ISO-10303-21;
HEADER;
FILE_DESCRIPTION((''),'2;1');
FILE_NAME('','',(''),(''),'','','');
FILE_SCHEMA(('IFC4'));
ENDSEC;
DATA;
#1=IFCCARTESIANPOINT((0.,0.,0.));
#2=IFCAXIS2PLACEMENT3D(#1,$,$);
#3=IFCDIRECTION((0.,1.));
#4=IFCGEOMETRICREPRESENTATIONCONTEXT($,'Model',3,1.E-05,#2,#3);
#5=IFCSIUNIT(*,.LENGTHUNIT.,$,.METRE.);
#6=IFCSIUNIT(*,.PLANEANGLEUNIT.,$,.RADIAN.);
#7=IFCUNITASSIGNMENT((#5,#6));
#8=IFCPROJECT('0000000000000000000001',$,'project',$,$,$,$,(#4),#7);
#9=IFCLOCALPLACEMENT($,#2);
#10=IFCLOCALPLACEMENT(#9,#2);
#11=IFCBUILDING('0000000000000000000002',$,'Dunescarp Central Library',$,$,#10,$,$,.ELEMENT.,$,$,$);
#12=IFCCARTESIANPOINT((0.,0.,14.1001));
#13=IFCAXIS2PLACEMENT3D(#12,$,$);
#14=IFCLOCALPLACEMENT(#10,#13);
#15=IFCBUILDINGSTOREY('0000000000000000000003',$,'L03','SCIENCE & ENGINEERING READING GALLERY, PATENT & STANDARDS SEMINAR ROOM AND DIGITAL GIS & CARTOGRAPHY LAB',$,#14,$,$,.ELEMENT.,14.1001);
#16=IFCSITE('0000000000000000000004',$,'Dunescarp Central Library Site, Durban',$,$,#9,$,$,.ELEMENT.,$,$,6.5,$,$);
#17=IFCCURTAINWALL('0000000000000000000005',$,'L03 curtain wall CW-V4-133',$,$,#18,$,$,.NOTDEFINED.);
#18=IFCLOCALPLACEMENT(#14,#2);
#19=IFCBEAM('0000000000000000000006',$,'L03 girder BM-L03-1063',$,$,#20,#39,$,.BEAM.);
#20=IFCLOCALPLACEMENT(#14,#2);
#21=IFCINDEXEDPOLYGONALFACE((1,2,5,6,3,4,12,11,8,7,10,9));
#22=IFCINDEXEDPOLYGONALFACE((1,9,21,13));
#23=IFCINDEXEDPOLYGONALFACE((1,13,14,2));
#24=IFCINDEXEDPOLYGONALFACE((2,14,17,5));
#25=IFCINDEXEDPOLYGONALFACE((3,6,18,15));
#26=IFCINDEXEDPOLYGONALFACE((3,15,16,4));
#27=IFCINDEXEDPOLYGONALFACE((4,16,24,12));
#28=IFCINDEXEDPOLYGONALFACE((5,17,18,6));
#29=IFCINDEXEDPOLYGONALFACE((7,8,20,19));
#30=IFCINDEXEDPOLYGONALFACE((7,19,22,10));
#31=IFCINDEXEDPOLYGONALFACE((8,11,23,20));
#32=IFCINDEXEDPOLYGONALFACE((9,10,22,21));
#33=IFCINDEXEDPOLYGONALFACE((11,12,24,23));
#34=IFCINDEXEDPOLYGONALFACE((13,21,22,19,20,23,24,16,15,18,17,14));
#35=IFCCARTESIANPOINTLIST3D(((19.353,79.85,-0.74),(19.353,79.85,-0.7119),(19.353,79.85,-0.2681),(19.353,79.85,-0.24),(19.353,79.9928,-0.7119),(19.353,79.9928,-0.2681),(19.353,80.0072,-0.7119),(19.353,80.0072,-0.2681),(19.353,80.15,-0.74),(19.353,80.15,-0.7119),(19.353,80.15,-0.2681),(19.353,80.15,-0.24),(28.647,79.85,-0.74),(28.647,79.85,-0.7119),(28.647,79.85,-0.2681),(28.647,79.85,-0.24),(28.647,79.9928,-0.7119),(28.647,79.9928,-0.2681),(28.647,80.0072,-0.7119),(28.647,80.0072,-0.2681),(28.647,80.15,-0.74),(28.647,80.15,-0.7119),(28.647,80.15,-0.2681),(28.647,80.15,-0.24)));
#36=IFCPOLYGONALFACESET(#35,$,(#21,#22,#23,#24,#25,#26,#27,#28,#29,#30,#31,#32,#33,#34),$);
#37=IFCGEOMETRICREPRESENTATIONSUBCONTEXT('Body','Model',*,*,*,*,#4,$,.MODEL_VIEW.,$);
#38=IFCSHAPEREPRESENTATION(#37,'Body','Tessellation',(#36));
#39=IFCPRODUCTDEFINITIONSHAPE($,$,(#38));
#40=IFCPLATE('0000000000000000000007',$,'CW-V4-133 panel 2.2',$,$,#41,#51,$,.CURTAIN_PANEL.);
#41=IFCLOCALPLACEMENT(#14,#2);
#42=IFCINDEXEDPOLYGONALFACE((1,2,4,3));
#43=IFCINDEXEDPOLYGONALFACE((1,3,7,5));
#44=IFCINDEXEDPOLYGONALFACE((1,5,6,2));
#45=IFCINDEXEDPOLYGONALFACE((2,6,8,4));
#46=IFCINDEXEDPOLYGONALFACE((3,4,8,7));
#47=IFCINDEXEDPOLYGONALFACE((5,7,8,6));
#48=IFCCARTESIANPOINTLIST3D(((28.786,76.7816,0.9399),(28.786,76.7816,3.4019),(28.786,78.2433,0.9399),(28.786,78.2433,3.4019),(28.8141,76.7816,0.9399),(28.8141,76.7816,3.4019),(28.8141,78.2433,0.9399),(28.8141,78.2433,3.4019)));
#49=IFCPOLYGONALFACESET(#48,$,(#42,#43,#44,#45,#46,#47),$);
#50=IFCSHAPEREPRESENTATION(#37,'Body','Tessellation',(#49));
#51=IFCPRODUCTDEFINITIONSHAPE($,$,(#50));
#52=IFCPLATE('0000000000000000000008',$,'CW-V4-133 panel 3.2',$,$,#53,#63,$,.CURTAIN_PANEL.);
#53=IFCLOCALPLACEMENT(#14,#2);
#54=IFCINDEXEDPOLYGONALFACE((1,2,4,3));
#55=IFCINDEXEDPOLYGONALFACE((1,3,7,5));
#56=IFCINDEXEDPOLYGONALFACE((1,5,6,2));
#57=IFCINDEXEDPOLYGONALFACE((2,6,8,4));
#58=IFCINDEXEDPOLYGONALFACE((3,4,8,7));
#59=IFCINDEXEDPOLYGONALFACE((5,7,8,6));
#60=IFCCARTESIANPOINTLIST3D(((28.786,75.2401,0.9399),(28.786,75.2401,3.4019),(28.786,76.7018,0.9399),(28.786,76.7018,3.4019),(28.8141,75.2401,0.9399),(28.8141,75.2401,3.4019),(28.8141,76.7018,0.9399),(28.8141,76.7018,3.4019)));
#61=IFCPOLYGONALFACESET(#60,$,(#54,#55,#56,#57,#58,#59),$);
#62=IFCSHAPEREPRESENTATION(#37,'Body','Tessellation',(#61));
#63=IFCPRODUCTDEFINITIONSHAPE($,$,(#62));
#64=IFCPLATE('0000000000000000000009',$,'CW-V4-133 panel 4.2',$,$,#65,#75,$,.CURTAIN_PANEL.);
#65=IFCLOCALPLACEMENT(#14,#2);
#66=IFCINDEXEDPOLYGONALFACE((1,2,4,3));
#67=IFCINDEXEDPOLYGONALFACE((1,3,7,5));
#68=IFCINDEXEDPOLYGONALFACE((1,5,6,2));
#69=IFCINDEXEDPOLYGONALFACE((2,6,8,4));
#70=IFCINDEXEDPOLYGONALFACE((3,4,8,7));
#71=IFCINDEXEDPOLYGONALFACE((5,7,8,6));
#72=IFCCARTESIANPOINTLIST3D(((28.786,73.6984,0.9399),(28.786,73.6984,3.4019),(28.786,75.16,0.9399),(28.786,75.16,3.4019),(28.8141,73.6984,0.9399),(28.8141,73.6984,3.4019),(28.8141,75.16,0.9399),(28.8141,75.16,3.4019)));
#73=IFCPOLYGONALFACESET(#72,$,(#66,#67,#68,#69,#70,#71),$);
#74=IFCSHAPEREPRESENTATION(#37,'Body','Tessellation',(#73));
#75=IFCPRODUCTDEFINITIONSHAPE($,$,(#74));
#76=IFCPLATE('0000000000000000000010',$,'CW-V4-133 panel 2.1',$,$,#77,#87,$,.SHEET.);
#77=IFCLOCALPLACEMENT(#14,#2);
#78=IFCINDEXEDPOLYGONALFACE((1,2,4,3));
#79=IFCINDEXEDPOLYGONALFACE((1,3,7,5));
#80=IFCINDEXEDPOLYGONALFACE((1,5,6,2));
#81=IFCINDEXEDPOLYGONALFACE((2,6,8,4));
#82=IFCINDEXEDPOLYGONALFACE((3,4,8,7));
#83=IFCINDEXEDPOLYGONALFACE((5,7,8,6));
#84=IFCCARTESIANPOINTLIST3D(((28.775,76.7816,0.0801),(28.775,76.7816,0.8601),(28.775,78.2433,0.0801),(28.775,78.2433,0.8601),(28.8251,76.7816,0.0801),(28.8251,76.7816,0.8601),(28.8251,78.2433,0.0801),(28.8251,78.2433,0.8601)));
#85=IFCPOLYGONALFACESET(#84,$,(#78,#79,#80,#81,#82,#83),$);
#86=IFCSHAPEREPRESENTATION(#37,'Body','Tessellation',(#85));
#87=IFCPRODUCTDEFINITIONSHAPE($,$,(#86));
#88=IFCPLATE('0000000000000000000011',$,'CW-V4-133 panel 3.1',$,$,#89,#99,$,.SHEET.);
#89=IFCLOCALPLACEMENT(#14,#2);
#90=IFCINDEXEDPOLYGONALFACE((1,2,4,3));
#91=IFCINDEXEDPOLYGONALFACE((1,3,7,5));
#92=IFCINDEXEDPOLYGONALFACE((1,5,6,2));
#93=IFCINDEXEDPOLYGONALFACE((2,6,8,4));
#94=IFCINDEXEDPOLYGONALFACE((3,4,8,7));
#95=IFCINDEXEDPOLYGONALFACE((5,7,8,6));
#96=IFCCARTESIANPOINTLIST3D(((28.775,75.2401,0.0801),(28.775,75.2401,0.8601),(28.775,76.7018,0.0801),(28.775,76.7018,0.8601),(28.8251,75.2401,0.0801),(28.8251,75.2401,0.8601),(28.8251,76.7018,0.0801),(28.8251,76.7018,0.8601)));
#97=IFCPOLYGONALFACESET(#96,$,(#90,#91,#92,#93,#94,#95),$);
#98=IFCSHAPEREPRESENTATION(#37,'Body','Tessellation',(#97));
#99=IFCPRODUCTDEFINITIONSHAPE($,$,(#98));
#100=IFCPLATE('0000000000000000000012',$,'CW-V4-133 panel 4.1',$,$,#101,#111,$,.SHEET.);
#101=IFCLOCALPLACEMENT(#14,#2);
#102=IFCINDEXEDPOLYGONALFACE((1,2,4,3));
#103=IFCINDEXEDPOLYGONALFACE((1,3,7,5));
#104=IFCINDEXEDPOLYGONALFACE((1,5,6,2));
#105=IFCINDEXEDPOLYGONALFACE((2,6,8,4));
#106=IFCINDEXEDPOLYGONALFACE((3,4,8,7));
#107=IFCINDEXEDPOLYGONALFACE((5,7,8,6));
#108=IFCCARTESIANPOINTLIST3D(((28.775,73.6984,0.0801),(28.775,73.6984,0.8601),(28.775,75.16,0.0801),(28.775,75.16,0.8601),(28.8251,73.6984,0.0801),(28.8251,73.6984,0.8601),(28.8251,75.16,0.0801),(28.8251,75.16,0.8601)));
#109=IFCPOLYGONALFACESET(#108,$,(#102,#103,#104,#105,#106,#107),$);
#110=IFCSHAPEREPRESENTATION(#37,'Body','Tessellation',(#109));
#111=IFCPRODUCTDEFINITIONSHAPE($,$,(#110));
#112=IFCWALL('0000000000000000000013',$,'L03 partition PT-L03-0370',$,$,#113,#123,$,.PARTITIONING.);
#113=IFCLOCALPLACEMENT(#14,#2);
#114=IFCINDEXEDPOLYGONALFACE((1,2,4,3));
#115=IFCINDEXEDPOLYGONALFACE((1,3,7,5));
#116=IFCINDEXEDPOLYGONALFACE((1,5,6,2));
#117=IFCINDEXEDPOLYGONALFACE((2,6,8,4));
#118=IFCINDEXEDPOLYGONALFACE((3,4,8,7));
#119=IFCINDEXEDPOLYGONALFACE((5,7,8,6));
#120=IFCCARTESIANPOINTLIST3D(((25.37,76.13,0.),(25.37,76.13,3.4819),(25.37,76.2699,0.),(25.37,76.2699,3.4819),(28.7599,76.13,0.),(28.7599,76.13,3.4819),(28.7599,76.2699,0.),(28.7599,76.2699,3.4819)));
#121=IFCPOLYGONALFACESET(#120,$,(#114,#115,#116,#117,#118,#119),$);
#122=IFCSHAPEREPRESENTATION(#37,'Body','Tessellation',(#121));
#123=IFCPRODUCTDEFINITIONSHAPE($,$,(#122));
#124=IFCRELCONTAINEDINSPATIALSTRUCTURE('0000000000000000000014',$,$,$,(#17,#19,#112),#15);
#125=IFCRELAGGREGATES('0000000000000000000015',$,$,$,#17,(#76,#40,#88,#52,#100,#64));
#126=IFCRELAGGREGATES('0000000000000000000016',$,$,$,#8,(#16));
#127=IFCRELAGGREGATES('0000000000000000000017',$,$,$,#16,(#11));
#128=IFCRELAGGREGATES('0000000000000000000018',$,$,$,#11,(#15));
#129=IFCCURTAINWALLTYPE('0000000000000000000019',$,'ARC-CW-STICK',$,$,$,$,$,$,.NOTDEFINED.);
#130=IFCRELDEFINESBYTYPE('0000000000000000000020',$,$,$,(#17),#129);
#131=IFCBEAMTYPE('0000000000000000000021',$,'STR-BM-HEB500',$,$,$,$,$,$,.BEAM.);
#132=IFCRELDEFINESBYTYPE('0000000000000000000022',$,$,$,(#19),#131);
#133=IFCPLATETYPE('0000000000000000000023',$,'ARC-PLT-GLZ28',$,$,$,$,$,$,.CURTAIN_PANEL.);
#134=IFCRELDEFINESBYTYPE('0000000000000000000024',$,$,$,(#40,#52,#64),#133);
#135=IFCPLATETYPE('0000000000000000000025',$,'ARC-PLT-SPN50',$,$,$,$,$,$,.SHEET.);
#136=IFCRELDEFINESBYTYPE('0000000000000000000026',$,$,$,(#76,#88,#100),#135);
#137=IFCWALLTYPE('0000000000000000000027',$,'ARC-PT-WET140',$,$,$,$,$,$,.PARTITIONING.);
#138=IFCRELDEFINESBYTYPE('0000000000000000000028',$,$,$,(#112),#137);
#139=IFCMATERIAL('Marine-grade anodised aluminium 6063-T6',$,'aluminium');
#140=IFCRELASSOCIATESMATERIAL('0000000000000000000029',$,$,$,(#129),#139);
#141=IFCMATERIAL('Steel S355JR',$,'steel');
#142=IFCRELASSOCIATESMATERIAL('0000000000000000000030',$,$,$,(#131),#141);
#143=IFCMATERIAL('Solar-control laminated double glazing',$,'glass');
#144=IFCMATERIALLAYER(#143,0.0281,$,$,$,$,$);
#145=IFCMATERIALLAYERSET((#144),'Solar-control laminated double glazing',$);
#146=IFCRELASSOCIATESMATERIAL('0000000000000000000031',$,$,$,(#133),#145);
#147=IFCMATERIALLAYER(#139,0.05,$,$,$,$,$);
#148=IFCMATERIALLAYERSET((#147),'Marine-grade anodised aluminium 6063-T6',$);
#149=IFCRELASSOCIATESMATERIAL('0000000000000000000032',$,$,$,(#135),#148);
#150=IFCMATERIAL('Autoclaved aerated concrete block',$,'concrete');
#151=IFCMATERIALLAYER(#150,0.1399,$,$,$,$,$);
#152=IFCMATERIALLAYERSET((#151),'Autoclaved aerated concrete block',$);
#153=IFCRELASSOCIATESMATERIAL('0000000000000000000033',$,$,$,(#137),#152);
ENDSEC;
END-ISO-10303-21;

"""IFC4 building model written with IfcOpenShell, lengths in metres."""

from ifc_helpers import new_model, si_unit, direction, frame, frame_2d, origin, origin_2d, place, context, subcontext, project, spatial, rectangle, i_section, extrude, material, layer, layer_set, material_profile, profile_set, type_object, element, aggregate, save


model = new_model("IFC4")

# Units and contexts
model_context = context("Model", 3, precision=1e-05, world=origin(), true_north=direction((0.0, 1.0)))
body_context = subcontext(model_context, "Body", "Model", "MODEL_VIEW")
ifc_project = project(units=[si_unit("LENGTHUNIT", "METRE"), si_unit("PLANEANGLEUNIT", "RADIAN")], contexts=[model_context])

# Site, building, storey
site_placement = place(None, origin())
site = spatial("IfcSite", under=ifc_project, at=site_placement, Name="Dunescarp Central Library Site, Durban", CompositionType="ELEMENT", RefElevation=6.5)
building_placement = place(site_placement, origin())
building = spatial("IfcBuilding", under=site, at=building_placement, Name="Dunescarp Central Library", CompositionType="ELEMENT")
storey_placement = place(building_placement, frame((0.0, 0.0, 14.1001)))
storey = spatial("IfcBuildingStorey", under=building, at=storey_placement, Name="L03", Description="SCIENCE & ENGINEERING READING GALLERY, PATENT & STANDARDS SEMINAR ROOM AND DIGITAL GIS & CARTOGRAPHY LAB", CompositionType="ELEMENT", Elevation=14.1001)

# Shared definitions
ifc_material_1 = material(Name="Steel S355JR", Category="steel")

# Curtain wall
ifc_material_2 = material(Name="Marine-grade anodised aluminium 6063-T6", Category="aluminium")
curtain_wall_type = type_object("IfcCurtainWallType", Name="ARC-CW-STICK", PredefinedType="NOTDEFINED", material=ifc_material_2)
curtain_wall_placement = place(storey_placement, origin())
curtain_wall = element("IfcCurtainWall", 1, at=curtain_wall_placement, inside=storey, type_object=curtain_wall_type, Name="L03 curtain wall CW-V4-133", PredefinedType="NOTDEFINED")

# Beam
ifc_material_profile_1 = material_profile(ifc_material_1, i_section(OverallWidth=0.3, OverallDepth=0.5, WebThickness=0.0144, FlangeThickness=0.0281, at=origin_2d()), Name="HEB 500")
ifc_profile_set_1 = profile_set([ifc_material_profile_1], Name="Steel S355JR")
beam_type = type_object("IfcBeamType", Name="STR-BM-HEB500", PredefinedType="BEAM", material=ifc_profile_set_1)
beam_placement = place(storey_placement, frame((19.353, 80.0, -0.49), z_axis=(1.0, 0.0, 0.0), x_axis=(0.0, 1.0, 0.0)))
element("IfcBeam", 2, at=beam_placement, inside=storey, type_object=beam_type, Name="L03 girder BM-L03-1063", PredefinedType="BEAM", context=body_context, shape_type="SweptSolid", body=[
    extrude(i_section(OverallWidth=0.3, OverallDepth=0.5, WebThickness=0.0144, FlangeThickness=0.0281, at=origin_2d()), origin(), (0.0, 0.0, 1.0), 9.2939),
])

# Plates
ifc_material_3 = material(Name="Solar-control laminated double glazing", Category="glass")
ifc_layer_1 = layer(ifc_material_3, 0.0281)
ifc_layer_set_1 = layer_set([ifc_layer_1], Name="Solar-control laminated double glazing")
plate_type_1 = type_object("IfcPlateType", Name="ARC-PLT-GLZ28", PredefinedType="CURTAIN_PANEL", material=ifc_layer_set_1)
plate_1_placement = place(storey_placement, frame((28.8, 77.5125, 0.9399), z_axis=(0.0, 0.0, 1.0), x_axis=(0.0, -1.0, 0.0)))
plate_1 = element("IfcPlate", 3, at=plate_1_placement, type_object=plate_type_1, Name="CW-V4-133 panel 2.2", PredefinedType="CURTAIN_PANEL", context=body_context, shape_type="SweptSolid", body=[
    extrude(rectangle(XDim=1.4617, YDim=0.0281, at=origin_2d()), origin(), (0.0, 0.0, 1.0), 2.4619),
])
plate_2_placement = place(storey_placement, frame((28.8, 75.9709, 0.9399), z_axis=(0.0, 0.0, 1.0), x_axis=(0.0, -1.0, 0.0)))
plate_2 = element("IfcPlate", 4, at=plate_2_placement, type_object=plate_type_1, Name="CW-V4-133 panel 3.2", PredefinedType="CURTAIN_PANEL", context=body_context, shape_type="SweptSolid", body=[
    extrude(rectangle(XDim=1.4617, YDim=0.0281, at=origin_2d()), origin(), (0.0, 0.0, 1.0), 2.4619),
])
plate_3_placement = place(storey_placement, frame((28.8, 74.4292, 0.9399), z_axis=(0.0, 0.0, 1.0), x_axis=(0.0, -1.0, 0.0)))
plate_3 = element("IfcPlate", 5, at=plate_3_placement, type_object=plate_type_1, Name="CW-V4-133 panel 4.2", PredefinedType="CURTAIN_PANEL", context=body_context, shape_type="SweptSolid", body=[
    extrude(rectangle(XDim=1.4617, YDim=0.0281, at=origin_2d()), origin(), (0.0, 0.0, 1.0), 2.4619),
])
ifc_layer_2 = layer(ifc_material_2, 0.05)
ifc_layer_set_2 = layer_set([ifc_layer_2], Name="Marine-grade anodised aluminium 6063-T6")
plate_type_2 = type_object("IfcPlateType", Name="ARC-PLT-SPN50", PredefinedType="SHEET", material=ifc_layer_set_2)
plate_4_placement = place(storey_placement, frame((28.8, 77.5125, 0.0801), z_axis=(0.0, 0.0, 1.0), x_axis=(0.0, -1.0, 0.0)))
plate_4 = element("IfcPlate", 6, at=plate_4_placement, type_object=plate_type_2, Name="CW-V4-133 panel 2.1", PredefinedType="SHEET", context=body_context, shape_type="SweptSolid", body=[
    extrude(rectangle(XDim=1.4617, YDim=0.05, at=origin_2d()), origin(), (0.0, 0.0, 1.0), 0.78),
])
plate_5_placement = place(storey_placement, frame((28.8, 75.9709, 0.0801), z_axis=(0.0, 0.0, 1.0), x_axis=(0.0, -1.0, 0.0)))
plate_5 = element("IfcPlate", 7, at=plate_5_placement, type_object=plate_type_2, Name="CW-V4-133 panel 3.1", PredefinedType="SHEET", context=body_context, shape_type="SweptSolid", body=[
    extrude(rectangle(XDim=1.4617, YDim=0.05, at=origin_2d()), origin(), (0.0, 0.0, 1.0), 0.78),
])
plate_6_placement = place(storey_placement, frame((28.8, 74.4292, 0.0801), z_axis=(0.0, 0.0, 1.0), x_axis=(0.0, -1.0, 0.0)))
plate_6 = element("IfcPlate", 8, at=plate_6_placement, type_object=plate_type_2, Name="CW-V4-133 panel 4.1", PredefinedType="SHEET", context=body_context, shape_type="SweptSolid", body=[
    extrude(rectangle(XDim=1.4617, YDim=0.05, at=origin_2d()), origin(), (0.0, 0.0, 1.0), 0.78),
])
aggregate(curtain_wall, [plate_4, plate_1, plate_5, plate_2, plate_6, plate_3])

# Wall
ifc_material_4 = material(Name="Autoclaved aerated concrete block", Category="concrete")
ifc_layer_3 = layer(ifc_material_4, 0.1399)
ifc_layer_set_3 = layer_set([ifc_layer_3], Name="Autoclaved aerated concrete block")
wall_type = type_object("IfcWallType", Name="ARC-PT-WET140", PredefinedType="PARTITIONING", material=ifc_layer_set_3)
wall_placement = place(storey_placement, frame((25.3701, 76.2, 0.0), z_axis=(0.0, 0.0, 1.0), x_axis=(1.0, 0.0, 0.0)))
element("IfcWall", 9, at=wall_placement, inside=storey, type_object=wall_type, Name="L03 partition PT-L03-0370", PredefinedType="PARTITIONING", context=body_context, shape_type="SweptSolid", body=[
    extrude(rectangle(XDim=3.3899, YDim=0.1399, at=frame_2d((1.6948, 0.0))), origin(), (0.0, 0.0, 1.0), 3.4819),
])

save(model, "model.ifc")
